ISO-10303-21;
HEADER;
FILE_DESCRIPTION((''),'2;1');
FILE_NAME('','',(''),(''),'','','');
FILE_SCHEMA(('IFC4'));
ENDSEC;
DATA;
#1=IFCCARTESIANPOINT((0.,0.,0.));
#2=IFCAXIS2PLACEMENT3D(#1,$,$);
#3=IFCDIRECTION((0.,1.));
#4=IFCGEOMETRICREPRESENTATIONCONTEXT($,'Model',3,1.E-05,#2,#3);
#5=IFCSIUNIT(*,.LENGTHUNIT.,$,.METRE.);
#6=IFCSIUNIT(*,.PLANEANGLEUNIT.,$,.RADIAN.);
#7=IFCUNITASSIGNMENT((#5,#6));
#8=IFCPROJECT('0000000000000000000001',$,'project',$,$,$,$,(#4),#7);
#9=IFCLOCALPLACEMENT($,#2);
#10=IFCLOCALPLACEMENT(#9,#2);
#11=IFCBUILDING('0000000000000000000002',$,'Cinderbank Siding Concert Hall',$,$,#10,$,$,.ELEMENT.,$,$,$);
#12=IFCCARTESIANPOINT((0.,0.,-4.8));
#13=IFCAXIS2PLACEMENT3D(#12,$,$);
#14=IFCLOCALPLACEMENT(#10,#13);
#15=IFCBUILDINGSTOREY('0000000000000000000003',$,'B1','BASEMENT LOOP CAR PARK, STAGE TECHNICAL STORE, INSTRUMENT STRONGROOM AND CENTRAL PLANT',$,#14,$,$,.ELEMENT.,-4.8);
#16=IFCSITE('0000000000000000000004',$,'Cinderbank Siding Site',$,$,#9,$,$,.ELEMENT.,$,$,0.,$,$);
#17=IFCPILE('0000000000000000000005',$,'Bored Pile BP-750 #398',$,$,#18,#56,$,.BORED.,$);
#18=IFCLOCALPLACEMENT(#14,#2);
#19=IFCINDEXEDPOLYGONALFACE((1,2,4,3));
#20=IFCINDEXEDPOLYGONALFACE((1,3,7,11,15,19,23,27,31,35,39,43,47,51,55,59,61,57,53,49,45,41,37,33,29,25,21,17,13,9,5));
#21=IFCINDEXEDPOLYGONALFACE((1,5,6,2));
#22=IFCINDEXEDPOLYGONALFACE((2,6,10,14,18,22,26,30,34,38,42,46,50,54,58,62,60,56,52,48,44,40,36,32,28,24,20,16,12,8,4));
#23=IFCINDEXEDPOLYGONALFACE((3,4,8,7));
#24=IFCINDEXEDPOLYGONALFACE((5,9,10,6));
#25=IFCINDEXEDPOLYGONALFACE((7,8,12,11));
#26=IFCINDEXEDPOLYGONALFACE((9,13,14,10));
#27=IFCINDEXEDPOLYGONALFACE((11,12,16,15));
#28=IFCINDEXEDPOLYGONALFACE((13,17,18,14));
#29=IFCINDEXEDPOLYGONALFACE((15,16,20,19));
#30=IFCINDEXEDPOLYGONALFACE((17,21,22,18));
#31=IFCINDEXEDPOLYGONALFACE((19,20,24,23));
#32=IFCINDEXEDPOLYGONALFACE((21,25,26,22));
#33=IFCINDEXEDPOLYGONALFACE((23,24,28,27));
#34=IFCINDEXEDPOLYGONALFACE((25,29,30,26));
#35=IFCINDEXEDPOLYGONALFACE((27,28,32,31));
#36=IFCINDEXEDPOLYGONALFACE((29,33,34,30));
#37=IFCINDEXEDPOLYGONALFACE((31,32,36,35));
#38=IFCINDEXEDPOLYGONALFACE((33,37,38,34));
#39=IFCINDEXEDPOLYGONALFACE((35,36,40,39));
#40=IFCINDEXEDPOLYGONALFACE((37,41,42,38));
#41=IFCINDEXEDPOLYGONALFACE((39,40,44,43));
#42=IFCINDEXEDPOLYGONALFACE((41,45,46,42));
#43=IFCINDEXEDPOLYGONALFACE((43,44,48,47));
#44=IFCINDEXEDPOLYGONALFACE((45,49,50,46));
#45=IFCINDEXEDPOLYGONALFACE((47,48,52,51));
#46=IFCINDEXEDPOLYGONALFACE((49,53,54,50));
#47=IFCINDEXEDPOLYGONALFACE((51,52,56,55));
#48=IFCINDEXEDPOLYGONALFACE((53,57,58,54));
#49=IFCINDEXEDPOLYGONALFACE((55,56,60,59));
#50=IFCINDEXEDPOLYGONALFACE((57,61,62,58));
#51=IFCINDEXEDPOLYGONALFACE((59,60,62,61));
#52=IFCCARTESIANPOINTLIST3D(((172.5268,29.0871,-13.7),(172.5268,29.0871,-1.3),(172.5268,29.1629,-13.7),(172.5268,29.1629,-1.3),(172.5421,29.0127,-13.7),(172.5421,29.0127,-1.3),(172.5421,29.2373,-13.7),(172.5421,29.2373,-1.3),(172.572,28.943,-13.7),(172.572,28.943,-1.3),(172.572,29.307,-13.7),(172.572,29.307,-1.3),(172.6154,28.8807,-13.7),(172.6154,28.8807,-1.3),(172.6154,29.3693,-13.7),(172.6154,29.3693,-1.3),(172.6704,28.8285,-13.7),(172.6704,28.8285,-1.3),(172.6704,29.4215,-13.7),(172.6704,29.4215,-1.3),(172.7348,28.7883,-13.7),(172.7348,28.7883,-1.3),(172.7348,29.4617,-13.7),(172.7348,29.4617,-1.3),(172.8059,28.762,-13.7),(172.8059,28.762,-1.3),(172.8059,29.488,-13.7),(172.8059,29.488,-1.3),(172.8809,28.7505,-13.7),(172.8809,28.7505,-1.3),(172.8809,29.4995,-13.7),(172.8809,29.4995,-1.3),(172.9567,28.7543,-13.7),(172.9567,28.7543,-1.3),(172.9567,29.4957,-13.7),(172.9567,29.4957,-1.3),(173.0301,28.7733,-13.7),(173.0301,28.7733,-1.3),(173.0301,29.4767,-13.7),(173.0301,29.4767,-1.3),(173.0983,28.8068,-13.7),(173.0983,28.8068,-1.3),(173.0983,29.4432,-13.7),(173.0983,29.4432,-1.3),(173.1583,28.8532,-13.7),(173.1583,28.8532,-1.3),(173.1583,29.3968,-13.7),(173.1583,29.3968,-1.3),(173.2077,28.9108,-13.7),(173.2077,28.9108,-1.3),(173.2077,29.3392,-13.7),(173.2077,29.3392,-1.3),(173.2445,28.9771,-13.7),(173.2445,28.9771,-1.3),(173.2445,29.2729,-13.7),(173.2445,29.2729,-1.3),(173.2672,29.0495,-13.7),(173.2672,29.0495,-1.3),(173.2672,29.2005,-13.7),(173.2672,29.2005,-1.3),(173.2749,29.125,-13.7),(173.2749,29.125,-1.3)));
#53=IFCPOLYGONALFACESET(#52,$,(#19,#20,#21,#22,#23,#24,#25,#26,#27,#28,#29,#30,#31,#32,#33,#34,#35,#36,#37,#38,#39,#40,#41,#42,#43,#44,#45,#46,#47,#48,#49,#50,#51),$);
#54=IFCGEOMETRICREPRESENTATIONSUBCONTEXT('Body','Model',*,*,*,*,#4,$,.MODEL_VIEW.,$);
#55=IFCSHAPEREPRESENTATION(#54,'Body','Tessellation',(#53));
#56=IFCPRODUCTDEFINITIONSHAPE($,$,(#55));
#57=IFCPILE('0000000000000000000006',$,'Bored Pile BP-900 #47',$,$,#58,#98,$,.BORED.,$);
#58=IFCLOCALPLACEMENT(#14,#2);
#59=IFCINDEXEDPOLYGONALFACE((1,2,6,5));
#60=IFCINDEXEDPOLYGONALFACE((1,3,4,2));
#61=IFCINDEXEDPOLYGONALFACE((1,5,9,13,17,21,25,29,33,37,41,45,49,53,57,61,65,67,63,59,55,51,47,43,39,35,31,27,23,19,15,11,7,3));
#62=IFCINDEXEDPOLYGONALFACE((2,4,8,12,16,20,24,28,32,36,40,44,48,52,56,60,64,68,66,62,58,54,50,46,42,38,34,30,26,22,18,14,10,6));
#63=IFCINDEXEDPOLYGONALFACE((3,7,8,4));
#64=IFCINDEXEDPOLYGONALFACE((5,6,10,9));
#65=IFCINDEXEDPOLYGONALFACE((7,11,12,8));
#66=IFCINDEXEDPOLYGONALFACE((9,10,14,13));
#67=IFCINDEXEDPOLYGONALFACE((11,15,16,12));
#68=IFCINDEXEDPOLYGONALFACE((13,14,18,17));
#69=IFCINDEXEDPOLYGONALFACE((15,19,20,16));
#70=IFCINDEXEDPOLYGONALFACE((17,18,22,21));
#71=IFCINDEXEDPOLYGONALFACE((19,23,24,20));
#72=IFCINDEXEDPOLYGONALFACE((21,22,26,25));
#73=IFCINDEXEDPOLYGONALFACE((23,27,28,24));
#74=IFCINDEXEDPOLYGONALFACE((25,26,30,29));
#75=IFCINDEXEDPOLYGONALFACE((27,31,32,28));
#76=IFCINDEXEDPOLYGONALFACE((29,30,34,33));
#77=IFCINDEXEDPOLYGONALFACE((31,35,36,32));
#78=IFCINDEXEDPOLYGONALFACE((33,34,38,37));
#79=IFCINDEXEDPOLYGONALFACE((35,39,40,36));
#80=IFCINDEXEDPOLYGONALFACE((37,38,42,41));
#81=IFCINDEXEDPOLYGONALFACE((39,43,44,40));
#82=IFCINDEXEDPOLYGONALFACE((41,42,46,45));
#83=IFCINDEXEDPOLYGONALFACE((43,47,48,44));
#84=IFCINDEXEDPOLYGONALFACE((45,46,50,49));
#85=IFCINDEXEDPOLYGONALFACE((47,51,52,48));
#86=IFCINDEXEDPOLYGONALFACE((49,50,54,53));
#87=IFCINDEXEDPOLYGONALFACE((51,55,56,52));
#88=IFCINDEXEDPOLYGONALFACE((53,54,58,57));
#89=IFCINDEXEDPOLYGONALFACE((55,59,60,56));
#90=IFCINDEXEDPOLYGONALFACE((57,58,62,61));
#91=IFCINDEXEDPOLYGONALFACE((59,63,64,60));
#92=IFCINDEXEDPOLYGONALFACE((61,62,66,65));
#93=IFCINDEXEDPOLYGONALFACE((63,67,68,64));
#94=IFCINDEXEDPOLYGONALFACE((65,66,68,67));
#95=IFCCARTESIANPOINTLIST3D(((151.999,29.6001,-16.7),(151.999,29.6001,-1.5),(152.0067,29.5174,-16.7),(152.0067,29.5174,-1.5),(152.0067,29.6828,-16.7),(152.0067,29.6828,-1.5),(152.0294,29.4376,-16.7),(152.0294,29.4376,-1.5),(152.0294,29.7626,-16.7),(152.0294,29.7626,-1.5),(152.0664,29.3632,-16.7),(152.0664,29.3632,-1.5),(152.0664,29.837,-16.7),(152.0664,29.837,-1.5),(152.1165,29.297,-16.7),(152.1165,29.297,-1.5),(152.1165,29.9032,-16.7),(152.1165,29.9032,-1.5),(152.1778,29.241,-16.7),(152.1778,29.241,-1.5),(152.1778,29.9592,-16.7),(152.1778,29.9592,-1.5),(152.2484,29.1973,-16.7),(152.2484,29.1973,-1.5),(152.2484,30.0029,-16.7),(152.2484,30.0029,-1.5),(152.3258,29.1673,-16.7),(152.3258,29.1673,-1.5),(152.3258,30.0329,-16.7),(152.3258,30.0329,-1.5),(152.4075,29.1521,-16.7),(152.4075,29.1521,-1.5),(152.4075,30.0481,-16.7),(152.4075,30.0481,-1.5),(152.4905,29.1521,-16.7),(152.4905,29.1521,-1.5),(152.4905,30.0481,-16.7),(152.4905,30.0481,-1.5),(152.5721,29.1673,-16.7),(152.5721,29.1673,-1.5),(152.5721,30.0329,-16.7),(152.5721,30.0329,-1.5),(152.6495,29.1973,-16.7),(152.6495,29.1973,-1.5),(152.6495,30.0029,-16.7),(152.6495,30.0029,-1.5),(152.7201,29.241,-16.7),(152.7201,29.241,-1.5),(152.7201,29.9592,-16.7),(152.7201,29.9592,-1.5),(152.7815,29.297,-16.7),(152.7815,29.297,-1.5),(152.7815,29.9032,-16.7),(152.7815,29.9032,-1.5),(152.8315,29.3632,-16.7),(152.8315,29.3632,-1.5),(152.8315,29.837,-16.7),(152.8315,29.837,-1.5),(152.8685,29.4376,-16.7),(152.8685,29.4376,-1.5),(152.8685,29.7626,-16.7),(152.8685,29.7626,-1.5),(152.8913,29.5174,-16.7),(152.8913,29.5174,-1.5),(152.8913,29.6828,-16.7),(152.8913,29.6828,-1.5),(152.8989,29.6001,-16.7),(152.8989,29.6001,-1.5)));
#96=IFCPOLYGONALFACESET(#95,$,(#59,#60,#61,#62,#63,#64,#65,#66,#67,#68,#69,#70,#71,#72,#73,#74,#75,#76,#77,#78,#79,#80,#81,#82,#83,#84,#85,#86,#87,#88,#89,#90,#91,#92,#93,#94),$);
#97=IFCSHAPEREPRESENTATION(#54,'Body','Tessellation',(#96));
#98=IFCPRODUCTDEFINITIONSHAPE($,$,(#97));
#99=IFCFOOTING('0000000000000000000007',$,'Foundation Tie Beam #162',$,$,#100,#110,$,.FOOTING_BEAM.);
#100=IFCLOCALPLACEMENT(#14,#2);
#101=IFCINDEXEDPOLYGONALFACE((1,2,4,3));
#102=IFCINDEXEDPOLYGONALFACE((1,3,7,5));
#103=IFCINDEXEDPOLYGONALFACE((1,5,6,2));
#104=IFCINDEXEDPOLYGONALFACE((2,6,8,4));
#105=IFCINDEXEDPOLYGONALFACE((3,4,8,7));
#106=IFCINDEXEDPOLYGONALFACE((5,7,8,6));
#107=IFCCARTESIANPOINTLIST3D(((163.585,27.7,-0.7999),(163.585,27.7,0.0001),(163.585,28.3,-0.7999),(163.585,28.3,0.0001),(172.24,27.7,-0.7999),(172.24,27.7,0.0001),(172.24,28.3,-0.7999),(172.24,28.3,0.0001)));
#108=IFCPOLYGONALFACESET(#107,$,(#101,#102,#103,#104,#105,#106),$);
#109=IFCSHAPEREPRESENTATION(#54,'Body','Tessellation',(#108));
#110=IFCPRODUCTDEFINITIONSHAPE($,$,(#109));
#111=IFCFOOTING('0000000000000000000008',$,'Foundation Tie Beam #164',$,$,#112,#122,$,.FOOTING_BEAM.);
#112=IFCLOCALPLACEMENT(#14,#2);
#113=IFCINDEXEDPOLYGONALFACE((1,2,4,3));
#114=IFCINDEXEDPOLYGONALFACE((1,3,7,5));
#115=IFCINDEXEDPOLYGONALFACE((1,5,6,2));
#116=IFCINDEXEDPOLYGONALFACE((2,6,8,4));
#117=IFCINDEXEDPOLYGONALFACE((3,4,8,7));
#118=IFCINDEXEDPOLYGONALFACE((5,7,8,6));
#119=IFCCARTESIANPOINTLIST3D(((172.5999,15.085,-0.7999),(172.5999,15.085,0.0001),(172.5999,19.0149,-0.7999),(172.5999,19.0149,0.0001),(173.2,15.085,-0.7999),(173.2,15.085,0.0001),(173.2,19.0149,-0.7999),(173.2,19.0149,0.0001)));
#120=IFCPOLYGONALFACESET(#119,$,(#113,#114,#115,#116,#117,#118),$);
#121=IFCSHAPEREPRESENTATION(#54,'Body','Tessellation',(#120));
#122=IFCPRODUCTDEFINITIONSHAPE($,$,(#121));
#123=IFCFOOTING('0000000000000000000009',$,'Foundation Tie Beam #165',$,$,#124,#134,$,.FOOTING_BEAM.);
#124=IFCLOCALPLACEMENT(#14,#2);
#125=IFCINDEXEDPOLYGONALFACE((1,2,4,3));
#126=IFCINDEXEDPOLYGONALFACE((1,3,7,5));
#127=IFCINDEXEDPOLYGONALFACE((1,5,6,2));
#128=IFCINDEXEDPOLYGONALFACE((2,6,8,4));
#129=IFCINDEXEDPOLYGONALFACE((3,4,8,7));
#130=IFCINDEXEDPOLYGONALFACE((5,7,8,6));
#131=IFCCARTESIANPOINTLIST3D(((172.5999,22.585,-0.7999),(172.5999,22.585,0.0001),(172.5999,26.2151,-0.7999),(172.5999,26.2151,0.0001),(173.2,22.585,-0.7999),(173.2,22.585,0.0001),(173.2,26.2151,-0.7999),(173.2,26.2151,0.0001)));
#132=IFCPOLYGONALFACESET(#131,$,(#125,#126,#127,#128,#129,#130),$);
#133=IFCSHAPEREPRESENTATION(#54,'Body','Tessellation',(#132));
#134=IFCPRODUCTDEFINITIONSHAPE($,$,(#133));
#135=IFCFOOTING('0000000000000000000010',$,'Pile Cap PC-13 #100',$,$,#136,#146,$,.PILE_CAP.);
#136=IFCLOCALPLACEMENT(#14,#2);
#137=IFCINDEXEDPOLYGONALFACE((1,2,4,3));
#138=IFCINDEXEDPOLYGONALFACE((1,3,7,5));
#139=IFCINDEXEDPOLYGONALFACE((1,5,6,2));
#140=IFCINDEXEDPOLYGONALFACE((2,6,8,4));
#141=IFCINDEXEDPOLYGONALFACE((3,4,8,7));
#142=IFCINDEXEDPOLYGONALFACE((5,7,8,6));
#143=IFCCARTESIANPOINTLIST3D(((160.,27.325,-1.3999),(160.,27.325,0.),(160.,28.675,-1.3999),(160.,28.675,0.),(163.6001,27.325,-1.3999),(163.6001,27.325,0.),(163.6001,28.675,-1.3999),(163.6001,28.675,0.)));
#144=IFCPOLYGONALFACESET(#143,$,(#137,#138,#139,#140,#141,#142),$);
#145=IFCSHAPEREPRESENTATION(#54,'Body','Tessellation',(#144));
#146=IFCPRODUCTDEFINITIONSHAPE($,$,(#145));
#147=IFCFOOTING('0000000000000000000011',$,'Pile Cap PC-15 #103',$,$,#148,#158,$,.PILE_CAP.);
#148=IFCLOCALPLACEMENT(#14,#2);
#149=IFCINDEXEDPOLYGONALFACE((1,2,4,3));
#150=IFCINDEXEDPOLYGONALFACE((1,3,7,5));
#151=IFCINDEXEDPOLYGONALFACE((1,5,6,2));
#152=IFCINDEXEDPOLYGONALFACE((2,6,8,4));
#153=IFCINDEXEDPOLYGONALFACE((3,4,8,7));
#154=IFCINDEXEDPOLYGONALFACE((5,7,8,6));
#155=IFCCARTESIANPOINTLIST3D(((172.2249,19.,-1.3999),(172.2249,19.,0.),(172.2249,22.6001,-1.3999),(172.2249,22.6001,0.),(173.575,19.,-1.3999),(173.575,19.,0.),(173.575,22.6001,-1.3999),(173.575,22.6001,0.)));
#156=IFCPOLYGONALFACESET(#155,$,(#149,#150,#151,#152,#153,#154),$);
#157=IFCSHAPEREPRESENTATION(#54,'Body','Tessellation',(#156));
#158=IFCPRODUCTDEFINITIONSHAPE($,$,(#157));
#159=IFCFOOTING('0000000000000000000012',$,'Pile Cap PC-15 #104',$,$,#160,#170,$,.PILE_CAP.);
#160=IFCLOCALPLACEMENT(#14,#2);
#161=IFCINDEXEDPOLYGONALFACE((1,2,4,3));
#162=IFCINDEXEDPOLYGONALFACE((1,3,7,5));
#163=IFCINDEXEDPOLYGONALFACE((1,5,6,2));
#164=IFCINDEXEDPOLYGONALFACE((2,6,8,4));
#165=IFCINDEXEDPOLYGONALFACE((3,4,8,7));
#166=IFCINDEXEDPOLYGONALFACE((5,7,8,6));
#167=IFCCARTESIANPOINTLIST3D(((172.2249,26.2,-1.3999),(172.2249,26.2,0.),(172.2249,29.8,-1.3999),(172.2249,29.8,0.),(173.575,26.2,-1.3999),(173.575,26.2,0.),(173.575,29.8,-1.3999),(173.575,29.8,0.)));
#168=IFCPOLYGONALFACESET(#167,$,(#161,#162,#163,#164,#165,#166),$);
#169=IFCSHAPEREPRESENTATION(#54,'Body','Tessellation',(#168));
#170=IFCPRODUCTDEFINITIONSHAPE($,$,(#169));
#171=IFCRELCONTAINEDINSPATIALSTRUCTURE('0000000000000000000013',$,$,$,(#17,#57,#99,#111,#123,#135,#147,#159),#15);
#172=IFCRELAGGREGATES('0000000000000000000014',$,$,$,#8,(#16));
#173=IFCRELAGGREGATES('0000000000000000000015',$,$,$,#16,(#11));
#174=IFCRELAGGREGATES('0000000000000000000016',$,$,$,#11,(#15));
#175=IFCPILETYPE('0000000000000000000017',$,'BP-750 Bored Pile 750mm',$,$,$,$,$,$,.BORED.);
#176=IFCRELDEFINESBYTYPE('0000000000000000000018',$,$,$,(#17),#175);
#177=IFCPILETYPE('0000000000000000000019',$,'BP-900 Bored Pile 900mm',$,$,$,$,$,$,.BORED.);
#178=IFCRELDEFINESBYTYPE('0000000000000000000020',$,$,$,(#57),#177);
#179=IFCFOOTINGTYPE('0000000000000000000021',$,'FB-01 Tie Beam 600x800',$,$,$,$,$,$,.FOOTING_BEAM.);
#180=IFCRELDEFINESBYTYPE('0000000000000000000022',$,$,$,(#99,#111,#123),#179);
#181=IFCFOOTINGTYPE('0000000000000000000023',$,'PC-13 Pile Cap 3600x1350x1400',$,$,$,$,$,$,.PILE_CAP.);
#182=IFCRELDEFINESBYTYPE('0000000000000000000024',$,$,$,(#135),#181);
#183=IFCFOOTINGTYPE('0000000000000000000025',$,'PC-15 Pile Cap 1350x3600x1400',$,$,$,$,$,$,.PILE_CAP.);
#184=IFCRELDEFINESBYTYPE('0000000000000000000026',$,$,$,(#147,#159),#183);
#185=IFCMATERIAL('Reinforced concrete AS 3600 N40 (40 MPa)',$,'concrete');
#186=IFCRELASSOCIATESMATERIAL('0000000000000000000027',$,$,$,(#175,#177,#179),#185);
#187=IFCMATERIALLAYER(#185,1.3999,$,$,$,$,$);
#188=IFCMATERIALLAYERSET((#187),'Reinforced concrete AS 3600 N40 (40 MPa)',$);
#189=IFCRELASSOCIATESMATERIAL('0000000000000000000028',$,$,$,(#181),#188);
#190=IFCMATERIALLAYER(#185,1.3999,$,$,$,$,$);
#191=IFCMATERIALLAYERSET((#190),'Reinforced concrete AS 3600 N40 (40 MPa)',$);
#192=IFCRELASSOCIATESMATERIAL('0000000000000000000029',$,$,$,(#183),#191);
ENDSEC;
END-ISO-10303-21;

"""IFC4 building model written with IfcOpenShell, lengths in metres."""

from ifc_helpers import new_model, si_unit, direction, frame, origin, origin_2d, place, context, subcontext, project, spatial, rectangle, circle, extrude, material, layer, layer_set, material_profile, profile_set, type_object, element, save


model = new_model("IFC4")

# Units and contexts
model_context = context("Model", 3, precision=1e-05, world=origin(), true_north=direction((0.0, 1.0)))
body_context = subcontext(model_context, "Body", "Model", "MODEL_VIEW")
ifc_project = project(units=[si_unit("LENGTHUNIT", "METRE"), si_unit("PLANEANGLEUNIT", "RADIAN")], contexts=[model_context])

# Site, building, storey
site_placement = place(None, origin())
site = spatial("IfcSite", under=ifc_project, at=site_placement, Name="Cinderbank Siding Site", CompositionType="ELEMENT", RefElevation=0.0)
building_placement = place(site_placement, origin())
building = spatial("IfcBuilding", under=site, at=building_placement, Name="Cinderbank Siding Concert Hall", CompositionType="ELEMENT")
storey_placement = place(building_placement, frame((0.0, 0.0, -4.8)))
storey = spatial("IfcBuildingStorey", under=building, at=storey_placement, Name="B1", Description="BASEMENT LOOP CAR PARK, STAGE TECHNICAL STORE, INSTRUMENT STRONGROOM AND CENTRAL PLANT", CompositionType="ELEMENT", Elevation=-4.8)

# Piles
ifc_material_1 = material(Name="Reinforced concrete AS 3600 N40 (40 MPa)", Category="concrete")
ifc_material_profile_1 = material_profile(ifc_material_1, circle(Radius=0.375, at=origin_2d()), Name="PILE-750DIA", Category="LoadBearing")
ifc_profile_set_1 = profile_set([ifc_material_profile_1], Name="Reinforced concrete AS 3600 N40 (40 MPa)")
pile_type_1 = type_object("IfcPileType", Name="BP-750 Bored Pile 750mm", PredefinedType="BORED", material=ifc_profile_set_1)
for number, where, z_axis, x_axis, name in (
    (1, (172.8999, 29.125, -1.3), (0.0, 0.0, -1.0), (1.0, 0.0, 0.0), "Bored Pile BP-750 #398"),
):
    element("IfcPile", number, at=place(storey_placement, frame(where, z_axis=z_axis, x_axis=x_axis)), inside=storey, type_object=pile_type_1, Name=name, PredefinedType="BORED", context=body_context, shape_type="SweptSolid", body=[
        extrude(circle(Radius=0.375, at=origin_2d()), origin(), (0.0, 0.0, 1.0), 12.3999),
    ])
ifc_material_profile_2 = material_profile(ifc_material_1, circle(Radius=0.45, at=origin_2d()), Name="PILE-900DIA", Category="LoadBearing")
ifc_profile_set_2 = profile_set([ifc_material_profile_2], Name="Reinforced concrete AS 3600 N40 (40 MPa)")
pile_type_2 = type_object("IfcPileType", Name="BP-900 Bored Pile 900mm", PredefinedType="BORED", material=ifc_profile_set_2)
pile_placement = place(storey_placement, frame((152.449, 29.6001, -1.5), z_axis=(0.0, 0.0, -1.0), x_axis=(1.0, 0.0, 0.0)))
element("IfcPile", 2, at=pile_placement, inside=storey, type_object=pile_type_2, Name="Bored Pile BP-900 #47", PredefinedType="BORED", context=body_context, shape_type="SweptSolid", body=[
    extrude(circle(Radius=0.45, at=origin_2d()), origin(), (0.0, 0.0, 1.0), 15.2),
])

# Footings
ifc_material_profile_3 = material_profile(ifc_material_1, rectangle(XDim=0.6001, YDim=0.8, at=origin_2d()), Name="RC-FB-600x800", Category="LoadBearing")
ifc_profile_set_3 = profile_set([ifc_material_profile_3], Name="Reinforced concrete AS 3600 N40 (40 MPa)")
footing_type_1 = type_object("IfcFootingType", Name="FB-01 Tie Beam 600x800", PredefinedType="FOOTING_BEAM", material=ifc_profile_set_3)
footing_1_placement = place(storey_placement, frame((163.585, 28.0, -0.3999), z_axis=(1.0, 0.0, 0.0), x_axis=(0.0, 1.0, 0.0)))
element("IfcFooting", 3, at=footing_1_placement, inside=storey, type_object=footing_type_1, Name="Foundation Tie Beam #162", PredefinedType="FOOTING_BEAM", context=body_context, shape_type="SweptSolid", body=[
    extrude(rectangle(XDim=0.6001, YDim=0.8, at=origin_2d()), origin(), (0.0, 0.0, 1.0), 8.655),
])
footing_2_placement = place(storey_placement, frame((172.8999, 15.085, -0.3999), z_axis=(0.0, 1.0, 0.0), x_axis=(-1.0, 0.0, 0.0)))
element("IfcFooting", 4, at=footing_2_placement, inside=storey, type_object=footing_type_1, Name="Foundation Tie Beam #164", PredefinedType="FOOTING_BEAM", context=body_context, shape_type="SweptSolid", body=[
    extrude(rectangle(XDim=0.6001, YDim=0.8, at=origin_2d()), origin(), (0.0, 0.0, 1.0), 3.9299),
])
footing_3_placement = place(storey_placement, frame((172.8999, 22.585, -0.3999), z_axis=(0.0, 1.0, 0.0), x_axis=(-1.0, 0.0, 0.0)))
element("IfcFooting", 5, at=footing_3_placement, inside=storey, type_object=footing_type_1, Name="Foundation Tie Beam #165", PredefinedType="FOOTING_BEAM", context=body_context, shape_type="SweptSolid", body=[
    extrude(rectangle(XDim=0.6001, YDim=0.8, at=origin_2d()), origin(), (0.0, 0.0, 1.0), 3.6301),
])
ifc_layer_1 = layer(ifc_material_1, 1.3999)
ifc_layer_set_1 = layer_set([ifc_layer_1], Name="Reinforced concrete AS 3600 N40 (40 MPa)")
footing_type_2 = type_object("IfcFootingType", Name="PC-13 Pile Cap 3600x1350x1400", PredefinedType="PILE_CAP", material=ifc_layer_set_1)
footing_4_placement = place(storey_placement, frame((161.8, 28.0, -1.3999), z_axis=(0.0, 0.0, 1.0), x_axis=(1.0, 0.0, 0.0)))
element("IfcFooting", 6, at=footing_4_placement, inside=storey, type_object=footing_type_2, Name="Pile Cap PC-13 #100", PredefinedType="PILE_CAP", context=body_context, shape_type="SweptSolid", body=[
    extrude(rectangle(XDim=3.6001, YDim=1.3501, at=origin_2d()), origin(), (0.0, 0.0, 1.0), 1.3999),
])
ifc_layer_2 = layer(ifc_material_1, 1.3999)
ifc_layer_set_2 = layer_set([ifc_layer_2], Name="Reinforced concrete AS 3600 N40 (40 MPa)")
footing_type_3 = type_object("IfcFootingType", Name="PC-15 Pile Cap 1350x3600x1400", PredefinedType="PILE_CAP", material=ifc_layer_set_2)
for number, where, z_axis, x_axis, name in (
    (7, (172.8999, 20.8, -1.3999), (0.0, 0.0, 1.0), (1.0, 0.0, 0.0), "Pile Cap PC-15 #103"),
    (8, (172.8999, 28.0, -1.3999), (0.0, 0.0, 1.0), (1.0, 0.0, 0.0), "Pile Cap PC-15 #104"),
):
    element("IfcFooting", number, at=place(storey_placement, frame(where, z_axis=z_axis, x_axis=x_axis)), inside=storey, type_object=footing_type_3, Name=name, PredefinedType="PILE_CAP", context=body_context, shape_type="SweptSolid", body=[
        extrude(rectangle(XDim=1.3501, YDim=3.6001, at=origin_2d()), origin(), (0.0, 0.0, 1.0), 1.3999),
    ])

save(model, "model.ifc")
